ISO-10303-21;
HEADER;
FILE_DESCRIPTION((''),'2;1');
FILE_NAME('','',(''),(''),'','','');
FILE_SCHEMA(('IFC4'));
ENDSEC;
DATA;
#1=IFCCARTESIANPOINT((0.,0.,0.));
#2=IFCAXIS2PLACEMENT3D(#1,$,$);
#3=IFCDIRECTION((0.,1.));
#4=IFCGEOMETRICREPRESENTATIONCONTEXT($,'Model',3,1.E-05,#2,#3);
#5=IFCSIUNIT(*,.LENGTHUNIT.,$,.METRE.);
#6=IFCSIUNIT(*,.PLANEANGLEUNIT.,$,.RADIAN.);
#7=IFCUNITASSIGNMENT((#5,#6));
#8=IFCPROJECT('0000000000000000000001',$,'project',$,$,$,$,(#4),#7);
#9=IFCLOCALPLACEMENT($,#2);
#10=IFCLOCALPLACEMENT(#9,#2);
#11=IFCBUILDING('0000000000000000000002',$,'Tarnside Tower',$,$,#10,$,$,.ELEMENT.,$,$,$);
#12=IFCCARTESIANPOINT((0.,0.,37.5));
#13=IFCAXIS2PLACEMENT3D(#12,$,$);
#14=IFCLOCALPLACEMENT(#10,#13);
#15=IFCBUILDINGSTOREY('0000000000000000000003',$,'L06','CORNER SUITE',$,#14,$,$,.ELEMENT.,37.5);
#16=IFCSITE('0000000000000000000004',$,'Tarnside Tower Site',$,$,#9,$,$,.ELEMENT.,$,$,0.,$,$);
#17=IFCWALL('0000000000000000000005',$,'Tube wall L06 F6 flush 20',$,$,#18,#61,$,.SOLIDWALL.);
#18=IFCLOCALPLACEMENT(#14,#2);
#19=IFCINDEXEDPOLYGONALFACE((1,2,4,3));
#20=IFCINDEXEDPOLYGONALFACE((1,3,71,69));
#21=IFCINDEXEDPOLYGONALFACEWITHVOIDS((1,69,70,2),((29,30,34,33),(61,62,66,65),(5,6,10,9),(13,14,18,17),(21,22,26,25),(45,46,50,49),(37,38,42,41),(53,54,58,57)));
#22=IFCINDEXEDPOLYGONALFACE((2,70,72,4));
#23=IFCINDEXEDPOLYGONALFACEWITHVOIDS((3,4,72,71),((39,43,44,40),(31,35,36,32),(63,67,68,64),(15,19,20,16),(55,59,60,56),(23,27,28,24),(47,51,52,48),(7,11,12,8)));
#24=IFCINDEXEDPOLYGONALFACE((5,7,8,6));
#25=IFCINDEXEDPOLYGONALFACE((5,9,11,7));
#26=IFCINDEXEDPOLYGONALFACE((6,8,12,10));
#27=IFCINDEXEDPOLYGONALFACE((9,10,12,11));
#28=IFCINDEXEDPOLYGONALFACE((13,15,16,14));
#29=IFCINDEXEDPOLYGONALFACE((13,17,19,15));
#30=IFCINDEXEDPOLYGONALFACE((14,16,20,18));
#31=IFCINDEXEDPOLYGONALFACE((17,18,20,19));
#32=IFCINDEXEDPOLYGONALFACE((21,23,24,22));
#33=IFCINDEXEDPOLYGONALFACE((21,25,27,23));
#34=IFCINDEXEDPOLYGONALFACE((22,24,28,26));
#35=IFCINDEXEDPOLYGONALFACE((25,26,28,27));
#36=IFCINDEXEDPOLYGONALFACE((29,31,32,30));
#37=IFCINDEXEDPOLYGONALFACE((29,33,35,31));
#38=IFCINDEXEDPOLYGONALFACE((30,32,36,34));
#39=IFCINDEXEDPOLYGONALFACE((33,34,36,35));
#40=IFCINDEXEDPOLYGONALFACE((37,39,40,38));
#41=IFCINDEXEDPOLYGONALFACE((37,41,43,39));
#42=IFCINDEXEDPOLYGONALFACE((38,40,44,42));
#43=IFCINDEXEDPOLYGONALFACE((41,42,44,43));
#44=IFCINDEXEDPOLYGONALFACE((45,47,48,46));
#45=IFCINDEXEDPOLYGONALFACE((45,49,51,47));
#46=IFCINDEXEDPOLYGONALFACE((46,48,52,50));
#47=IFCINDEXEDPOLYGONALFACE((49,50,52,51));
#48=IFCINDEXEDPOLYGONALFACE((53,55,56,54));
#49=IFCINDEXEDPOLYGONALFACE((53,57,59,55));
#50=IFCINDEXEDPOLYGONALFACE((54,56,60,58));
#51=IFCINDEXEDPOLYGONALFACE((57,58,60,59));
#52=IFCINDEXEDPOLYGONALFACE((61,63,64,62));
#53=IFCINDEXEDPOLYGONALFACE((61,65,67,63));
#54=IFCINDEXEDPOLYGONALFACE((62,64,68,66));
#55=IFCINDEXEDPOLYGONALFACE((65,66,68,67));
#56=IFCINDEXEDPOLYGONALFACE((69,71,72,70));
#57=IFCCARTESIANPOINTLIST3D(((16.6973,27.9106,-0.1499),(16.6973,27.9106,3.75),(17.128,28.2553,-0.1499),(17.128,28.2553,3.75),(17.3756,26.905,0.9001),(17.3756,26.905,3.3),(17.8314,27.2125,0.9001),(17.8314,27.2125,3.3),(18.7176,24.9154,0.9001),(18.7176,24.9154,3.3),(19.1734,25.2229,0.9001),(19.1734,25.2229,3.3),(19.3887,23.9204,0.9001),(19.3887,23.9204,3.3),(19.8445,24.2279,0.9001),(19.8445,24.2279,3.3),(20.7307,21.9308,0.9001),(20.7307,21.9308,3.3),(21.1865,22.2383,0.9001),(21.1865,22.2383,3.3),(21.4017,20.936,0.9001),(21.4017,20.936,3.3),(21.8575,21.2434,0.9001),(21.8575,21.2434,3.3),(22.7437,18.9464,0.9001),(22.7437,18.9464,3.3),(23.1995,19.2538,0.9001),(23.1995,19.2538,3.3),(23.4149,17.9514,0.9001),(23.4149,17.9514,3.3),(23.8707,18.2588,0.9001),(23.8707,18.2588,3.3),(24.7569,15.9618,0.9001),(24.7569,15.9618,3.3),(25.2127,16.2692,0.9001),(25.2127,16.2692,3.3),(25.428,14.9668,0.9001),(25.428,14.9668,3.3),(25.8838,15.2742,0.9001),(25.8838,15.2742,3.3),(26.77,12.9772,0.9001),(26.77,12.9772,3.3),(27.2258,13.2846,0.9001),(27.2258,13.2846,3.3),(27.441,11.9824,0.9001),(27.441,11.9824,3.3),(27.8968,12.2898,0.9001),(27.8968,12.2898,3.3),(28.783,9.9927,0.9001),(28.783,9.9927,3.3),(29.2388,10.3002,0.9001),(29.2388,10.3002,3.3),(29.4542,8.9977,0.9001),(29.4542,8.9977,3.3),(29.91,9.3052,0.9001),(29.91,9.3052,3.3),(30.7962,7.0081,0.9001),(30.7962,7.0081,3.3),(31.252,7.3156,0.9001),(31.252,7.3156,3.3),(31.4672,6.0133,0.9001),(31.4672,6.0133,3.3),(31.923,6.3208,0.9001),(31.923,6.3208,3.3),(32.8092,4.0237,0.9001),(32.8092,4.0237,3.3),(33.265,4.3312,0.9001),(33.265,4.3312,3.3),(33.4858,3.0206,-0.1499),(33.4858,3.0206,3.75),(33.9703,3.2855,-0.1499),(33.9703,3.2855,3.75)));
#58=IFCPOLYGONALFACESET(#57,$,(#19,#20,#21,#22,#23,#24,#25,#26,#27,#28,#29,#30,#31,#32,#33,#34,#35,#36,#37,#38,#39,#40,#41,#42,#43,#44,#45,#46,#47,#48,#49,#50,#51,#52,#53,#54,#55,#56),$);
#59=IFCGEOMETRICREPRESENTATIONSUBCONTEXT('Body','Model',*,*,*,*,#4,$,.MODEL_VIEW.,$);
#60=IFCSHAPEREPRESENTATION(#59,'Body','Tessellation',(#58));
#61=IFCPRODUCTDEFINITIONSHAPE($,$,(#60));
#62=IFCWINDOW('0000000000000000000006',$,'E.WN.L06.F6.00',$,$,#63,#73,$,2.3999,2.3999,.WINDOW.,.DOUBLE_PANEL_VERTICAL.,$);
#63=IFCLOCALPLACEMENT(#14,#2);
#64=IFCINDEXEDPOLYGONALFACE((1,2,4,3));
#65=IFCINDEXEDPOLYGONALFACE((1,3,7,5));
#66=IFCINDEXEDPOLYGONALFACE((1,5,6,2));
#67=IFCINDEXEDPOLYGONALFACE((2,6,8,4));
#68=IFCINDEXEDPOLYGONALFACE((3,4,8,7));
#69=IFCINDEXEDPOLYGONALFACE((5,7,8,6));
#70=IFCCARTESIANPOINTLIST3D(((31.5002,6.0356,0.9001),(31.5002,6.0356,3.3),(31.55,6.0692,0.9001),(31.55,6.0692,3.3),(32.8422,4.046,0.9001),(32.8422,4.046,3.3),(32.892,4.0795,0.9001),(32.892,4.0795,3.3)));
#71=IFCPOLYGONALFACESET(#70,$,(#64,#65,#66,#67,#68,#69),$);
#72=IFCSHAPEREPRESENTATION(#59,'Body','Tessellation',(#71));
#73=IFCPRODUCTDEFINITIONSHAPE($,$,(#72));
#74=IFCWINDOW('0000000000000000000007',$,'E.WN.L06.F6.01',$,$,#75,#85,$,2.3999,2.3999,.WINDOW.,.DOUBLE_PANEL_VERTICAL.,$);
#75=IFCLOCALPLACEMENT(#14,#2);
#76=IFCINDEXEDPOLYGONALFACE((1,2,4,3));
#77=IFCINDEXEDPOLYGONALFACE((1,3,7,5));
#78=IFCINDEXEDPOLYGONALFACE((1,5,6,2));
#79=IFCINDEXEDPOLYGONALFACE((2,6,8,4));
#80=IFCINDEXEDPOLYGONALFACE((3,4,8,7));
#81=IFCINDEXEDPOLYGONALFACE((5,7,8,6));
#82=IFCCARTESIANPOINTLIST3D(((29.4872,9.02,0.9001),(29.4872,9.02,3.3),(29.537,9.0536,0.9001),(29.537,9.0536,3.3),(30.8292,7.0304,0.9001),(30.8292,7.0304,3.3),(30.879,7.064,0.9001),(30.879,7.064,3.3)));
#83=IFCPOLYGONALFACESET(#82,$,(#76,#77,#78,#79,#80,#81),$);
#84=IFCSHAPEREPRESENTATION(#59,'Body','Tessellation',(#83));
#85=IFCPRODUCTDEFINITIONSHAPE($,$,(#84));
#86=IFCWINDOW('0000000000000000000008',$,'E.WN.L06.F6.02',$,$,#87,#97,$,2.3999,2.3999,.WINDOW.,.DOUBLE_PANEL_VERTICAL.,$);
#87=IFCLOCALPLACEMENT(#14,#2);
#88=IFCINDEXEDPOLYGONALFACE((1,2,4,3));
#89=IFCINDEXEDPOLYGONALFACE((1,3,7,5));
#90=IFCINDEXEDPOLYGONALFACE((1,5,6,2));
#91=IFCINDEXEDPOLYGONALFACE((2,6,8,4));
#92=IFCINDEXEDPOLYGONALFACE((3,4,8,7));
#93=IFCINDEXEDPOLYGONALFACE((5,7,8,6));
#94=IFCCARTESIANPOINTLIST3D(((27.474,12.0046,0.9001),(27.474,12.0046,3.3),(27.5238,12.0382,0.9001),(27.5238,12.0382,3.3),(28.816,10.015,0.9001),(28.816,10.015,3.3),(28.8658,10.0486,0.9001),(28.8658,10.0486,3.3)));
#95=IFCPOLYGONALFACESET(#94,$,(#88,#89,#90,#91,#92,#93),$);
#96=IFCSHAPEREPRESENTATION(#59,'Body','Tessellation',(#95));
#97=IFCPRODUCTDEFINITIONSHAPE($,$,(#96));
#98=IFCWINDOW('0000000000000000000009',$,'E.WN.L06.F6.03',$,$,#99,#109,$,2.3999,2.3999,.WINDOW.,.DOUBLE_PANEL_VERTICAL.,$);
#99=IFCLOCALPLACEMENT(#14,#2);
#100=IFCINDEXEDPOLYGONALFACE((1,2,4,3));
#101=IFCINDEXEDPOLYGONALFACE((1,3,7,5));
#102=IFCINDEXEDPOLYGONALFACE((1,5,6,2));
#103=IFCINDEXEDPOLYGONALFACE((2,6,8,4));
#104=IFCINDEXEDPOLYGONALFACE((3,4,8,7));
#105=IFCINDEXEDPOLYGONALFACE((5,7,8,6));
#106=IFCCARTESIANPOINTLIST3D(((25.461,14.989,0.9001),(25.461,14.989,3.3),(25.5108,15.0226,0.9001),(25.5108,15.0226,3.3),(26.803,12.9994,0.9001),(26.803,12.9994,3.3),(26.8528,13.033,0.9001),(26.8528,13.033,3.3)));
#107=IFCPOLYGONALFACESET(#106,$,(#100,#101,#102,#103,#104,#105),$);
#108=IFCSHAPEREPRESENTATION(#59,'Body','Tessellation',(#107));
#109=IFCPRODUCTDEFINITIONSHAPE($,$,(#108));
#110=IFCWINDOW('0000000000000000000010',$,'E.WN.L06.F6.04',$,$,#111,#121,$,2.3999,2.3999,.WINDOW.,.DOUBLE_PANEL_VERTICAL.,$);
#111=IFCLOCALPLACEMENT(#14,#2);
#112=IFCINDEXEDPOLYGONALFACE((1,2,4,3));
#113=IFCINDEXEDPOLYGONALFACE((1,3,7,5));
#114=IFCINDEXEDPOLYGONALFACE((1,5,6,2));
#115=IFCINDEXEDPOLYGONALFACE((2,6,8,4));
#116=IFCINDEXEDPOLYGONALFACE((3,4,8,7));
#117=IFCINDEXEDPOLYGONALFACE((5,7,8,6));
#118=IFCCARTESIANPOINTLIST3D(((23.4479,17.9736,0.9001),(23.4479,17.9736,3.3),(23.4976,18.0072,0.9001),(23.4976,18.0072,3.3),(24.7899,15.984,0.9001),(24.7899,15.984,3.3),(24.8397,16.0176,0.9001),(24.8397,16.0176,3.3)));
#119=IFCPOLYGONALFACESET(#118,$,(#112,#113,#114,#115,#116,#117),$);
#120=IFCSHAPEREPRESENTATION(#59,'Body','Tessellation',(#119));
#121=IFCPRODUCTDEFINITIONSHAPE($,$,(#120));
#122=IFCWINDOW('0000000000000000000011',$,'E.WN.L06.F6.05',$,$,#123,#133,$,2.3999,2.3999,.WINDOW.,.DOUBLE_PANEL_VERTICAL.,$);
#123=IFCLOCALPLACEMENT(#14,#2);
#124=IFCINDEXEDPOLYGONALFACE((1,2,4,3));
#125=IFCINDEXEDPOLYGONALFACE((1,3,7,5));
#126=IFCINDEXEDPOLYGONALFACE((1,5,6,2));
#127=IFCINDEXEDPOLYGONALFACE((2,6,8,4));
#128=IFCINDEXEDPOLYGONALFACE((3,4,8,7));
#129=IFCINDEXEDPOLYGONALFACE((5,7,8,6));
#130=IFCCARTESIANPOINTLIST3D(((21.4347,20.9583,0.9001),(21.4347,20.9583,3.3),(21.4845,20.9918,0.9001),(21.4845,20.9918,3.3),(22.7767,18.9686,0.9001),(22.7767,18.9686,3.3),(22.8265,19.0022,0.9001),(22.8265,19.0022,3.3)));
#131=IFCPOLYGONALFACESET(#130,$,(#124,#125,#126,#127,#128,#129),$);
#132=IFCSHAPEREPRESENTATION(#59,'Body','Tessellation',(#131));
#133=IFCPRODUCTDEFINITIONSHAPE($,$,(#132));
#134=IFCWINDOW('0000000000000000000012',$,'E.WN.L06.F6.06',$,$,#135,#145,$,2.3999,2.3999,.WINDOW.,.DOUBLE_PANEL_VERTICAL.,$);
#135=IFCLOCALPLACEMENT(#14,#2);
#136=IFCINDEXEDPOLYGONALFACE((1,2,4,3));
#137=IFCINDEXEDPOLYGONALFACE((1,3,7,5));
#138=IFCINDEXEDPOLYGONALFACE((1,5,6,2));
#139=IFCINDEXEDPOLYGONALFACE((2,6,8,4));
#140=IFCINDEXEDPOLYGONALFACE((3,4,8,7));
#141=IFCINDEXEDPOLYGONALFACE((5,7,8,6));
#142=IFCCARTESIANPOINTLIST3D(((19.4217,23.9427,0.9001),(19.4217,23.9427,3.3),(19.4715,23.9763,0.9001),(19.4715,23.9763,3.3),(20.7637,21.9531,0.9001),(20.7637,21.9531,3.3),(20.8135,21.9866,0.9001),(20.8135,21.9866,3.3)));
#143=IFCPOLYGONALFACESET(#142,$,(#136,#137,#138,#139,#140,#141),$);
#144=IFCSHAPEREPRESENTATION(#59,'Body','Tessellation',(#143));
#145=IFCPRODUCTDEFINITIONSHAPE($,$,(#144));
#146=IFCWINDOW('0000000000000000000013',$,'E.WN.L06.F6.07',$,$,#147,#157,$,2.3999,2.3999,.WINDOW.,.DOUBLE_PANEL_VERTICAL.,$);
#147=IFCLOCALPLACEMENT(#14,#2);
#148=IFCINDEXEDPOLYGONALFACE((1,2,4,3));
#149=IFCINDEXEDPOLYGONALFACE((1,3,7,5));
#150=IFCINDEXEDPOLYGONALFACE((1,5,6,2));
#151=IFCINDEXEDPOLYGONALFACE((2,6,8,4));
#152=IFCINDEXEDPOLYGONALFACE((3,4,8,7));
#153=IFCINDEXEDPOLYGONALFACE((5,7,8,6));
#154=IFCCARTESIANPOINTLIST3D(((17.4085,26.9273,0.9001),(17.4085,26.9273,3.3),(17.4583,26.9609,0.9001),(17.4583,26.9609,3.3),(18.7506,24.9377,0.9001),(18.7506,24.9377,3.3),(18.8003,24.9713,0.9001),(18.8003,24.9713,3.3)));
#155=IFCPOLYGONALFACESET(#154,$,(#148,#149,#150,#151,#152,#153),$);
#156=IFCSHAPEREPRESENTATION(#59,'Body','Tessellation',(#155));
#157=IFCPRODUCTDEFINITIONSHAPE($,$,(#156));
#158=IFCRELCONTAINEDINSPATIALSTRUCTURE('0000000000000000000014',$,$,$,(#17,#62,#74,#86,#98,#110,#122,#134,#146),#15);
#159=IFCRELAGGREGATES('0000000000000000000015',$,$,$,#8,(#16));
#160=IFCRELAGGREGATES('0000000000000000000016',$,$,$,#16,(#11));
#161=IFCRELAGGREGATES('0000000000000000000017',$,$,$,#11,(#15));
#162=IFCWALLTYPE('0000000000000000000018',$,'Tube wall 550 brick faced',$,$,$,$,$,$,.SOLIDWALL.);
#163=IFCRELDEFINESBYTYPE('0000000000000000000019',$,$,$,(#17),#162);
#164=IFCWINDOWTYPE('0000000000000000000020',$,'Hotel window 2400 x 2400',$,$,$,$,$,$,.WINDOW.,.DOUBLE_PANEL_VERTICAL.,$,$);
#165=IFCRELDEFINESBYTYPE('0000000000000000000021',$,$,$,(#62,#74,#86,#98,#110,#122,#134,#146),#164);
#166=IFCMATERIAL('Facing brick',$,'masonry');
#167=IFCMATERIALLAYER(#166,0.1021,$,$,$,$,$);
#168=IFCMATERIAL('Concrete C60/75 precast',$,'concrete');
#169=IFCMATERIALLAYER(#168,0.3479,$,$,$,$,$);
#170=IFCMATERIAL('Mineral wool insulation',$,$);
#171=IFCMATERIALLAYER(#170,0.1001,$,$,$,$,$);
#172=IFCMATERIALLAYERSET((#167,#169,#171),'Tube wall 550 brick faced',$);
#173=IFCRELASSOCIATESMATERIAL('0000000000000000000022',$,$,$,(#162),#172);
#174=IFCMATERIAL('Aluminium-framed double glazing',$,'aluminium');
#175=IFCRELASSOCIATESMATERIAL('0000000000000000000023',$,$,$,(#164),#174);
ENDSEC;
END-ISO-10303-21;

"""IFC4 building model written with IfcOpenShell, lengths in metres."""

from ifc_helpers import new_model, si_unit, direction, frame, frame_2d, origin, place, context, subcontext, project, spatial, polyline, rectangle, outline, extrude, material, layer, layer_set, type_object, element, fill, save


model = new_model("IFC4")

# Units and contexts
model_context = context("Model", 3, precision=1e-05, world=origin(), true_north=direction((0.0, 1.0)))
body_context = subcontext(model_context, "Body", "Model", "MODEL_VIEW")
ifc_project = project(units=[si_unit("LENGTHUNIT", "METRE"), si_unit("PLANEANGLEUNIT", "RADIAN")], contexts=[model_context])

# Site, building, storey
site_placement = place(None, origin())
site = spatial("IfcSite", under=ifc_project, at=site_placement, Name="Tarnside Tower Site", CompositionType="ELEMENT", RefElevation=0.0)
building_placement = place(site_placement, origin())
building = spatial("IfcBuilding", under=site, at=building_placement, Name="Tarnside Tower", CompositionType="ELEMENT")
storey_placement = place(building_placement, frame((0.0, 0.0, 37.5)))
storey = spatial("IfcBuildingStorey", under=building, at=storey_placement, Name="L06", Description="CORNER SUITE", CompositionType="ELEMENT", Elevation=37.5)

# Shared definitions
ifc_material_1 = material(Name="Facing brick", Category="masonry")
ifc_layer_1 = layer(ifc_material_1, 0.1021)
ifc_material_2 = material(Name="Concrete C60/75 precast", Category="concrete")
ifc_layer_2 = layer(ifc_material_2, 0.3479)
ifc_material_3 = material(Name="Mineral wool insulation")
ifc_layer_3 = layer(ifc_material_3, 0.1001)
ifc_layer_set_1 = layer_set([ifc_layer_1, ifc_layer_2, ifc_layer_3], Name="Tube wall 550 brick faced")
wall_type_1 = type_object("IfcWallType", Name="Tube wall 550 brick faced", PredefinedType="SOLIDWALL", material=ifc_layer_set_1)

# Wall, openings, windows
wall_1_placement = place(storey_placement, frame((33.728, 3.1531, -0.1499), z_axis=(0.0, 0.0, 1.0), x_axis=(-0.559192, 0.829038, 0.0)))
wall_1 = element("IfcWall", 1, at=wall_1_placement, inside=storey, type_object=wall_type_1, Name="Tube wall L06 F6 flush 20", PredefinedType="SOLIDWALL", context=body_context, shape_type="SweptSolid", body=[
    extrude(outline(polyline([(-0.0256, -0.2749), (30.0933, -0.2749), (30.0483, 0.2749), (0.0256, 0.2749), (-0.0256, -0.2749)])), origin(), (0.0, 0.0, 1.0), 3.8999),
])
opening_1_placement = place(wall_1_placement, frame((1.2356, 0.0, 1.05)))
opening_1 = element("IfcOpeningElement", 2, at=opening_1_placement, cuts=wall_1, PredefinedType="OPENING", context=body_context, shape_type="SweptSolid", body=[
    extrude(rectangle(XDim=2.3999, YDim=2.3999, at=frame_2d((1.2, 1.2))), frame((0.0, 0.2852, 0.0), z_axis=(0.0, -1.0, 0.0), x_axis=(1.0, 0.0, 0.0)), (0.0, 0.0, 1.0), 0.5701),
])
opening_2_placement = place(wall_1_placement, frame((4.8354, 0.0, 1.05)))
opening_2 = element("IfcOpeningElement", 3, at=opening_2_placement, cuts=wall_1, PredefinedType="OPENING", context=body_context, shape_type="SweptSolid", body=[
    extrude(rectangle(XDim=2.3999, YDim=2.3999, at=frame_2d((1.2, 1.2))), frame((0.0, 0.2852, 0.0), z_axis=(0.0, -1.0, 0.0), x_axis=(1.0, 0.0, 0.0)), (0.0, 0.0, 1.0), 0.5701),
])
opening_3_placement = place(wall_1_placement, frame((8.4355, 0.0, 1.05)))
opening_3 = element("IfcOpeningElement", 4, at=opening_3_placement, cuts=wall_1, PredefinedType="OPENING", context=body_context, shape_type="SweptSolid", body=[
    extrude(rectangle(XDim=2.3999, YDim=2.3999, at=frame_2d((1.2, 1.2))), frame((0.0, 0.2852, 0.0), z_axis=(0.0, -1.0, 0.0), x_axis=(1.0, 0.0, 0.0)), (0.0, 0.0, 1.0), 0.5701),
])
opening_4_placement = place(wall_1_placement, frame((12.0354, 0.0, 1.05)))
opening_4 = element("IfcOpeningElement", 5, at=opening_4_placement, cuts=wall_1, PredefinedType="OPENING", context=body_context, shape_type="SweptSolid", body=[
    extrude(rectangle(XDim=2.3999, YDim=2.3999, at=frame_2d((1.2, 1.2))), frame((0.0, 0.2852, 0.0), z_axis=(0.0, -1.0, 0.0), x_axis=(1.0, 0.0, 0.0)), (0.0, 0.0, 1.0), 0.5701),
])
opening_5_placement = place(wall_1_placement, frame((15.6355, 0.0, 1.05)))
opening_5 = element("IfcOpeningElement", 6, at=opening_5_placement, cuts=wall_1, PredefinedType="OPENING", context=body_context, shape_type="SweptSolid", body=[
    extrude(rectangle(XDim=2.3999, YDim=2.3999, at=frame_2d((1.2, 1.2))), frame((0.0, 0.2852, 0.0), z_axis=(0.0, -1.0, 0.0), x_axis=(1.0, 0.0, 0.0)), (0.0, 0.0, 1.0), 0.5701),
])
opening_6_placement = place(wall_1_placement, frame((19.2356, 0.0, 1.05)))
opening_6 = element("IfcOpeningElement", 7, at=opening_6_placement, cuts=wall_1, PredefinedType="OPENING", context=body_context, shape_type="SweptSolid", body=[
    extrude(rectangle(XDim=2.3999, YDim=2.3999, at=frame_2d((1.2, 1.2))), frame((0.0, 0.2852, 0.0), z_axis=(0.0, -1.0, 0.0), x_axis=(1.0, 0.0, 0.0)), (0.0, 0.0, 1.0), 0.5701),
])
opening_7_placement = place(wall_1_placement, frame((22.8354, 0.0, 1.05)))
opening_7 = element("IfcOpeningElement", 8, at=opening_7_placement, cuts=wall_1, PredefinedType="OPENING", context=body_context, shape_type="SweptSolid", body=[
    extrude(rectangle(XDim=2.3999, YDim=2.3999, at=frame_2d((1.2, 1.2))), frame((0.0, 0.2852, 0.0), z_axis=(0.0, -1.0, 0.0), x_axis=(1.0, 0.0, 0.0)), (0.0, 0.0, 1.0), 0.5701),
])
opening_8_placement = place(wall_1_placement, frame((26.4355, 0.0, 1.05)))
opening_8 = element("IfcOpeningElement", 9, at=opening_8_placement, cuts=wall_1, PredefinedType="OPENING", context=body_context, shape_type="SweptSolid", body=[
    extrude(rectangle(XDim=2.3999, YDim=2.3999, at=frame_2d((1.2, 1.2))), frame((0.0, 0.2852, 0.0), z_axis=(0.0, -1.0, 0.0), x_axis=(1.0, 0.0, 0.0)), (0.0, 0.0, 1.0), 0.5701),
])
ifc_material_4 = material(Name="Aluminium-framed double glazing", Category="aluminium")
window_type = type_object("IfcWindowType", Name="Hotel window 2400 x 2400", PartitioningType="DOUBLE_PANEL_VERTICAL", PredefinedType="WINDOW", material=ifc_material_4)
window_1_placement = place(opening_1_placement, frame((0.0, 0.2051, 0.0)))
window_1 = element("IfcWindow", 10, at=window_1_placement, inside=storey, type_object=window_type, Name="E.WN.L06.F6.00", OverallHeight=2.3999, OverallWidth=2.3999, PartitioningType="DOUBLE_PANEL_VERTICAL", PredefinedType="WINDOW", context=body_context, shape_type="SweptSolid", body=[
    extrude(rectangle(XDim=2.3999, YDim=2.3999, at=frame_2d((1.2, 1.2))), frame((0.0, 0.03, 0.0), z_axis=(0.0, -1.0, 0.0), x_axis=(1.0, 0.0, 0.0)), (0.0, 0.0, 1.0), 0.0601),
])
fill(opening_1, window_1)
window_2_placement = place(opening_2_placement, frame((0.0, 0.2051, 0.0)))
window_2 = element("IfcWindow", 11, at=window_2_placement, inside=storey, type_object=window_type, Name="E.WN.L06.F6.01", OverallHeight=2.3999, OverallWidth=2.3999, PartitioningType="DOUBLE_PANEL_VERTICAL", PredefinedType="WINDOW", context=body_context, shape_type="SweptSolid", body=[
    extrude(rectangle(XDim=2.3999, YDim=2.3999, at=frame_2d((1.2, 1.2))), frame((0.0, 0.03, 0.0), z_axis=(0.0, -1.0, 0.0), x_axis=(1.0, 0.0, 0.0)), (0.0, 0.0, 1.0), 0.0601),
])
fill(opening_2, window_2)
window_3_placement = place(opening_3_placement, frame((0.0, 0.2051, 0.0)))
window_3 = element("IfcWindow", 12, at=window_3_placement, inside=storey, type_object=window_type, Name="E.WN.L06.F6.02", OverallHeight=2.3999, OverallWidth=2.3999, PartitioningType="DOUBLE_PANEL_VERTICAL", PredefinedType="WINDOW", context=body_context, shape_type="SweptSolid", body=[
    extrude(rectangle(XDim=2.3999, YDim=2.3999, at=frame_2d((1.2, 1.2))), frame((0.0, 0.03, 0.0), z_axis=(0.0, -1.0, 0.0), x_axis=(1.0, 0.0, 0.0)), (0.0, 0.0, 1.0), 0.0601),
])
fill(opening_3, window_3)
window_4_placement = place(opening_4_placement, frame((0.0, 0.2051, 0.0)))
window_4 = element("IfcWindow", 13, at=window_4_placement, inside=storey, type_object=window_type, Name="E.WN.L06.F6.03", OverallHeight=2.3999, OverallWidth=2.3999, PartitioningType="DOUBLE_PANEL_VERTICAL", PredefinedType="WINDOW", context=body_context, shape_type="SweptSolid", body=[
    extrude(rectangle(XDim=2.3999, YDim=2.3999, at=frame_2d((1.2, 1.2))), frame((0.0, 0.03, 0.0), z_axis=(0.0, -1.0, 0.0), x_axis=(1.0, 0.0, 0.0)), (0.0, 0.0, 1.0), 0.0601),
])
fill(opening_4, window_4)
window_5_placement = place(opening_5_placement, frame((0.0, 0.2051, 0.0)))
window_5 = element("IfcWindow", 14, at=window_5_placement, inside=storey, type_object=window_type, Name="E.WN.L06.F6.04", OverallHeight=2.3999, OverallWidth=2.3999, PartitioningType="DOUBLE_PANEL_VERTICAL", PredefinedType="WINDOW", context=body_context, shape_type="SweptSolid", body=[
    extrude(rectangle(XDim=2.3999, YDim=2.3999, at=frame_2d((1.2, 1.2))), frame((0.0, 0.03, 0.0), z_axis=(0.0, -1.0, 0.0), x_axis=(1.0, 0.0, 0.0)), (0.0, 0.0, 1.0), 0.0601),
])
fill(opening_5, window_5)
window_6_placement = place(opening_6_placement, frame((0.0, 0.2051, 0.0)))
window_6 = element("IfcWindow", 15, at=window_6_placement, inside=storey, type_object=window_type, Name="E.WN.L06.F6.05", OverallHeight=2.3999, OverallWidth=2.3999, PartitioningType="DOUBLE_PANEL_VERTICAL", PredefinedType="WINDOW", context=body_context, shape_type="SweptSolid", body=[
    extrude(rectangle(XDim=2.3999, YDim=2.3999, at=frame_2d((1.2, 1.2))), frame((0.0, 0.03, 0.0), z_axis=(0.0, -1.0, 0.0), x_axis=(1.0, 0.0, 0.0)), (0.0, 0.0, 1.0), 0.0601),
])
fill(opening_6, window_6)
window_7_placement = place(opening_7_placement, frame((0.0, 0.2051, 0.0)))
window_7 = element("IfcWindow", 16, at=window_7_placement, inside=storey, type_object=window_type, Name="E.WN.L06.F6.06", OverallHeight=2.3999, OverallWidth=2.3999, PartitioningType="DOUBLE_PANEL_VERTICAL", PredefinedType="WINDOW", context=body_context, shape_type="SweptSolid", body=[
    extrude(rectangle(XDim=2.3999, YDim=2.3999, at=frame_2d((1.2, 1.2))), frame((0.0, 0.03, 0.0), z_axis=(0.0, -1.0, 0.0), x_axis=(1.0, 0.0, 0.0)), (0.0, 0.0, 1.0), 0.0601),
])
fill(opening_7, window_7)
window_8_placement = place(opening_8_placement, frame((0.0, 0.2051, 0.0)))
window_8 = element("IfcWindow", 17, at=window_8_placement, inside=storey, type_object=window_type, Name="E.WN.L06.F6.07", OverallHeight=2.3999, OverallWidth=2.3999, PartitioningType="DOUBLE_PANEL_VERTICAL", PredefinedType="WINDOW", context=body_context, shape_type="SweptSolid", body=[
    extrude(rectangle(XDim=2.3999, YDim=2.3999, at=frame_2d((1.2, 1.2))), frame((0.0, 0.03, 0.0), z_axis=(0.0, -1.0, 0.0), x_axis=(1.0, 0.0, 0.0)), (0.0, 0.0, 1.0), 0.0601),
])
fill(opening_8, window_8)

save(model, "model.ifc")
